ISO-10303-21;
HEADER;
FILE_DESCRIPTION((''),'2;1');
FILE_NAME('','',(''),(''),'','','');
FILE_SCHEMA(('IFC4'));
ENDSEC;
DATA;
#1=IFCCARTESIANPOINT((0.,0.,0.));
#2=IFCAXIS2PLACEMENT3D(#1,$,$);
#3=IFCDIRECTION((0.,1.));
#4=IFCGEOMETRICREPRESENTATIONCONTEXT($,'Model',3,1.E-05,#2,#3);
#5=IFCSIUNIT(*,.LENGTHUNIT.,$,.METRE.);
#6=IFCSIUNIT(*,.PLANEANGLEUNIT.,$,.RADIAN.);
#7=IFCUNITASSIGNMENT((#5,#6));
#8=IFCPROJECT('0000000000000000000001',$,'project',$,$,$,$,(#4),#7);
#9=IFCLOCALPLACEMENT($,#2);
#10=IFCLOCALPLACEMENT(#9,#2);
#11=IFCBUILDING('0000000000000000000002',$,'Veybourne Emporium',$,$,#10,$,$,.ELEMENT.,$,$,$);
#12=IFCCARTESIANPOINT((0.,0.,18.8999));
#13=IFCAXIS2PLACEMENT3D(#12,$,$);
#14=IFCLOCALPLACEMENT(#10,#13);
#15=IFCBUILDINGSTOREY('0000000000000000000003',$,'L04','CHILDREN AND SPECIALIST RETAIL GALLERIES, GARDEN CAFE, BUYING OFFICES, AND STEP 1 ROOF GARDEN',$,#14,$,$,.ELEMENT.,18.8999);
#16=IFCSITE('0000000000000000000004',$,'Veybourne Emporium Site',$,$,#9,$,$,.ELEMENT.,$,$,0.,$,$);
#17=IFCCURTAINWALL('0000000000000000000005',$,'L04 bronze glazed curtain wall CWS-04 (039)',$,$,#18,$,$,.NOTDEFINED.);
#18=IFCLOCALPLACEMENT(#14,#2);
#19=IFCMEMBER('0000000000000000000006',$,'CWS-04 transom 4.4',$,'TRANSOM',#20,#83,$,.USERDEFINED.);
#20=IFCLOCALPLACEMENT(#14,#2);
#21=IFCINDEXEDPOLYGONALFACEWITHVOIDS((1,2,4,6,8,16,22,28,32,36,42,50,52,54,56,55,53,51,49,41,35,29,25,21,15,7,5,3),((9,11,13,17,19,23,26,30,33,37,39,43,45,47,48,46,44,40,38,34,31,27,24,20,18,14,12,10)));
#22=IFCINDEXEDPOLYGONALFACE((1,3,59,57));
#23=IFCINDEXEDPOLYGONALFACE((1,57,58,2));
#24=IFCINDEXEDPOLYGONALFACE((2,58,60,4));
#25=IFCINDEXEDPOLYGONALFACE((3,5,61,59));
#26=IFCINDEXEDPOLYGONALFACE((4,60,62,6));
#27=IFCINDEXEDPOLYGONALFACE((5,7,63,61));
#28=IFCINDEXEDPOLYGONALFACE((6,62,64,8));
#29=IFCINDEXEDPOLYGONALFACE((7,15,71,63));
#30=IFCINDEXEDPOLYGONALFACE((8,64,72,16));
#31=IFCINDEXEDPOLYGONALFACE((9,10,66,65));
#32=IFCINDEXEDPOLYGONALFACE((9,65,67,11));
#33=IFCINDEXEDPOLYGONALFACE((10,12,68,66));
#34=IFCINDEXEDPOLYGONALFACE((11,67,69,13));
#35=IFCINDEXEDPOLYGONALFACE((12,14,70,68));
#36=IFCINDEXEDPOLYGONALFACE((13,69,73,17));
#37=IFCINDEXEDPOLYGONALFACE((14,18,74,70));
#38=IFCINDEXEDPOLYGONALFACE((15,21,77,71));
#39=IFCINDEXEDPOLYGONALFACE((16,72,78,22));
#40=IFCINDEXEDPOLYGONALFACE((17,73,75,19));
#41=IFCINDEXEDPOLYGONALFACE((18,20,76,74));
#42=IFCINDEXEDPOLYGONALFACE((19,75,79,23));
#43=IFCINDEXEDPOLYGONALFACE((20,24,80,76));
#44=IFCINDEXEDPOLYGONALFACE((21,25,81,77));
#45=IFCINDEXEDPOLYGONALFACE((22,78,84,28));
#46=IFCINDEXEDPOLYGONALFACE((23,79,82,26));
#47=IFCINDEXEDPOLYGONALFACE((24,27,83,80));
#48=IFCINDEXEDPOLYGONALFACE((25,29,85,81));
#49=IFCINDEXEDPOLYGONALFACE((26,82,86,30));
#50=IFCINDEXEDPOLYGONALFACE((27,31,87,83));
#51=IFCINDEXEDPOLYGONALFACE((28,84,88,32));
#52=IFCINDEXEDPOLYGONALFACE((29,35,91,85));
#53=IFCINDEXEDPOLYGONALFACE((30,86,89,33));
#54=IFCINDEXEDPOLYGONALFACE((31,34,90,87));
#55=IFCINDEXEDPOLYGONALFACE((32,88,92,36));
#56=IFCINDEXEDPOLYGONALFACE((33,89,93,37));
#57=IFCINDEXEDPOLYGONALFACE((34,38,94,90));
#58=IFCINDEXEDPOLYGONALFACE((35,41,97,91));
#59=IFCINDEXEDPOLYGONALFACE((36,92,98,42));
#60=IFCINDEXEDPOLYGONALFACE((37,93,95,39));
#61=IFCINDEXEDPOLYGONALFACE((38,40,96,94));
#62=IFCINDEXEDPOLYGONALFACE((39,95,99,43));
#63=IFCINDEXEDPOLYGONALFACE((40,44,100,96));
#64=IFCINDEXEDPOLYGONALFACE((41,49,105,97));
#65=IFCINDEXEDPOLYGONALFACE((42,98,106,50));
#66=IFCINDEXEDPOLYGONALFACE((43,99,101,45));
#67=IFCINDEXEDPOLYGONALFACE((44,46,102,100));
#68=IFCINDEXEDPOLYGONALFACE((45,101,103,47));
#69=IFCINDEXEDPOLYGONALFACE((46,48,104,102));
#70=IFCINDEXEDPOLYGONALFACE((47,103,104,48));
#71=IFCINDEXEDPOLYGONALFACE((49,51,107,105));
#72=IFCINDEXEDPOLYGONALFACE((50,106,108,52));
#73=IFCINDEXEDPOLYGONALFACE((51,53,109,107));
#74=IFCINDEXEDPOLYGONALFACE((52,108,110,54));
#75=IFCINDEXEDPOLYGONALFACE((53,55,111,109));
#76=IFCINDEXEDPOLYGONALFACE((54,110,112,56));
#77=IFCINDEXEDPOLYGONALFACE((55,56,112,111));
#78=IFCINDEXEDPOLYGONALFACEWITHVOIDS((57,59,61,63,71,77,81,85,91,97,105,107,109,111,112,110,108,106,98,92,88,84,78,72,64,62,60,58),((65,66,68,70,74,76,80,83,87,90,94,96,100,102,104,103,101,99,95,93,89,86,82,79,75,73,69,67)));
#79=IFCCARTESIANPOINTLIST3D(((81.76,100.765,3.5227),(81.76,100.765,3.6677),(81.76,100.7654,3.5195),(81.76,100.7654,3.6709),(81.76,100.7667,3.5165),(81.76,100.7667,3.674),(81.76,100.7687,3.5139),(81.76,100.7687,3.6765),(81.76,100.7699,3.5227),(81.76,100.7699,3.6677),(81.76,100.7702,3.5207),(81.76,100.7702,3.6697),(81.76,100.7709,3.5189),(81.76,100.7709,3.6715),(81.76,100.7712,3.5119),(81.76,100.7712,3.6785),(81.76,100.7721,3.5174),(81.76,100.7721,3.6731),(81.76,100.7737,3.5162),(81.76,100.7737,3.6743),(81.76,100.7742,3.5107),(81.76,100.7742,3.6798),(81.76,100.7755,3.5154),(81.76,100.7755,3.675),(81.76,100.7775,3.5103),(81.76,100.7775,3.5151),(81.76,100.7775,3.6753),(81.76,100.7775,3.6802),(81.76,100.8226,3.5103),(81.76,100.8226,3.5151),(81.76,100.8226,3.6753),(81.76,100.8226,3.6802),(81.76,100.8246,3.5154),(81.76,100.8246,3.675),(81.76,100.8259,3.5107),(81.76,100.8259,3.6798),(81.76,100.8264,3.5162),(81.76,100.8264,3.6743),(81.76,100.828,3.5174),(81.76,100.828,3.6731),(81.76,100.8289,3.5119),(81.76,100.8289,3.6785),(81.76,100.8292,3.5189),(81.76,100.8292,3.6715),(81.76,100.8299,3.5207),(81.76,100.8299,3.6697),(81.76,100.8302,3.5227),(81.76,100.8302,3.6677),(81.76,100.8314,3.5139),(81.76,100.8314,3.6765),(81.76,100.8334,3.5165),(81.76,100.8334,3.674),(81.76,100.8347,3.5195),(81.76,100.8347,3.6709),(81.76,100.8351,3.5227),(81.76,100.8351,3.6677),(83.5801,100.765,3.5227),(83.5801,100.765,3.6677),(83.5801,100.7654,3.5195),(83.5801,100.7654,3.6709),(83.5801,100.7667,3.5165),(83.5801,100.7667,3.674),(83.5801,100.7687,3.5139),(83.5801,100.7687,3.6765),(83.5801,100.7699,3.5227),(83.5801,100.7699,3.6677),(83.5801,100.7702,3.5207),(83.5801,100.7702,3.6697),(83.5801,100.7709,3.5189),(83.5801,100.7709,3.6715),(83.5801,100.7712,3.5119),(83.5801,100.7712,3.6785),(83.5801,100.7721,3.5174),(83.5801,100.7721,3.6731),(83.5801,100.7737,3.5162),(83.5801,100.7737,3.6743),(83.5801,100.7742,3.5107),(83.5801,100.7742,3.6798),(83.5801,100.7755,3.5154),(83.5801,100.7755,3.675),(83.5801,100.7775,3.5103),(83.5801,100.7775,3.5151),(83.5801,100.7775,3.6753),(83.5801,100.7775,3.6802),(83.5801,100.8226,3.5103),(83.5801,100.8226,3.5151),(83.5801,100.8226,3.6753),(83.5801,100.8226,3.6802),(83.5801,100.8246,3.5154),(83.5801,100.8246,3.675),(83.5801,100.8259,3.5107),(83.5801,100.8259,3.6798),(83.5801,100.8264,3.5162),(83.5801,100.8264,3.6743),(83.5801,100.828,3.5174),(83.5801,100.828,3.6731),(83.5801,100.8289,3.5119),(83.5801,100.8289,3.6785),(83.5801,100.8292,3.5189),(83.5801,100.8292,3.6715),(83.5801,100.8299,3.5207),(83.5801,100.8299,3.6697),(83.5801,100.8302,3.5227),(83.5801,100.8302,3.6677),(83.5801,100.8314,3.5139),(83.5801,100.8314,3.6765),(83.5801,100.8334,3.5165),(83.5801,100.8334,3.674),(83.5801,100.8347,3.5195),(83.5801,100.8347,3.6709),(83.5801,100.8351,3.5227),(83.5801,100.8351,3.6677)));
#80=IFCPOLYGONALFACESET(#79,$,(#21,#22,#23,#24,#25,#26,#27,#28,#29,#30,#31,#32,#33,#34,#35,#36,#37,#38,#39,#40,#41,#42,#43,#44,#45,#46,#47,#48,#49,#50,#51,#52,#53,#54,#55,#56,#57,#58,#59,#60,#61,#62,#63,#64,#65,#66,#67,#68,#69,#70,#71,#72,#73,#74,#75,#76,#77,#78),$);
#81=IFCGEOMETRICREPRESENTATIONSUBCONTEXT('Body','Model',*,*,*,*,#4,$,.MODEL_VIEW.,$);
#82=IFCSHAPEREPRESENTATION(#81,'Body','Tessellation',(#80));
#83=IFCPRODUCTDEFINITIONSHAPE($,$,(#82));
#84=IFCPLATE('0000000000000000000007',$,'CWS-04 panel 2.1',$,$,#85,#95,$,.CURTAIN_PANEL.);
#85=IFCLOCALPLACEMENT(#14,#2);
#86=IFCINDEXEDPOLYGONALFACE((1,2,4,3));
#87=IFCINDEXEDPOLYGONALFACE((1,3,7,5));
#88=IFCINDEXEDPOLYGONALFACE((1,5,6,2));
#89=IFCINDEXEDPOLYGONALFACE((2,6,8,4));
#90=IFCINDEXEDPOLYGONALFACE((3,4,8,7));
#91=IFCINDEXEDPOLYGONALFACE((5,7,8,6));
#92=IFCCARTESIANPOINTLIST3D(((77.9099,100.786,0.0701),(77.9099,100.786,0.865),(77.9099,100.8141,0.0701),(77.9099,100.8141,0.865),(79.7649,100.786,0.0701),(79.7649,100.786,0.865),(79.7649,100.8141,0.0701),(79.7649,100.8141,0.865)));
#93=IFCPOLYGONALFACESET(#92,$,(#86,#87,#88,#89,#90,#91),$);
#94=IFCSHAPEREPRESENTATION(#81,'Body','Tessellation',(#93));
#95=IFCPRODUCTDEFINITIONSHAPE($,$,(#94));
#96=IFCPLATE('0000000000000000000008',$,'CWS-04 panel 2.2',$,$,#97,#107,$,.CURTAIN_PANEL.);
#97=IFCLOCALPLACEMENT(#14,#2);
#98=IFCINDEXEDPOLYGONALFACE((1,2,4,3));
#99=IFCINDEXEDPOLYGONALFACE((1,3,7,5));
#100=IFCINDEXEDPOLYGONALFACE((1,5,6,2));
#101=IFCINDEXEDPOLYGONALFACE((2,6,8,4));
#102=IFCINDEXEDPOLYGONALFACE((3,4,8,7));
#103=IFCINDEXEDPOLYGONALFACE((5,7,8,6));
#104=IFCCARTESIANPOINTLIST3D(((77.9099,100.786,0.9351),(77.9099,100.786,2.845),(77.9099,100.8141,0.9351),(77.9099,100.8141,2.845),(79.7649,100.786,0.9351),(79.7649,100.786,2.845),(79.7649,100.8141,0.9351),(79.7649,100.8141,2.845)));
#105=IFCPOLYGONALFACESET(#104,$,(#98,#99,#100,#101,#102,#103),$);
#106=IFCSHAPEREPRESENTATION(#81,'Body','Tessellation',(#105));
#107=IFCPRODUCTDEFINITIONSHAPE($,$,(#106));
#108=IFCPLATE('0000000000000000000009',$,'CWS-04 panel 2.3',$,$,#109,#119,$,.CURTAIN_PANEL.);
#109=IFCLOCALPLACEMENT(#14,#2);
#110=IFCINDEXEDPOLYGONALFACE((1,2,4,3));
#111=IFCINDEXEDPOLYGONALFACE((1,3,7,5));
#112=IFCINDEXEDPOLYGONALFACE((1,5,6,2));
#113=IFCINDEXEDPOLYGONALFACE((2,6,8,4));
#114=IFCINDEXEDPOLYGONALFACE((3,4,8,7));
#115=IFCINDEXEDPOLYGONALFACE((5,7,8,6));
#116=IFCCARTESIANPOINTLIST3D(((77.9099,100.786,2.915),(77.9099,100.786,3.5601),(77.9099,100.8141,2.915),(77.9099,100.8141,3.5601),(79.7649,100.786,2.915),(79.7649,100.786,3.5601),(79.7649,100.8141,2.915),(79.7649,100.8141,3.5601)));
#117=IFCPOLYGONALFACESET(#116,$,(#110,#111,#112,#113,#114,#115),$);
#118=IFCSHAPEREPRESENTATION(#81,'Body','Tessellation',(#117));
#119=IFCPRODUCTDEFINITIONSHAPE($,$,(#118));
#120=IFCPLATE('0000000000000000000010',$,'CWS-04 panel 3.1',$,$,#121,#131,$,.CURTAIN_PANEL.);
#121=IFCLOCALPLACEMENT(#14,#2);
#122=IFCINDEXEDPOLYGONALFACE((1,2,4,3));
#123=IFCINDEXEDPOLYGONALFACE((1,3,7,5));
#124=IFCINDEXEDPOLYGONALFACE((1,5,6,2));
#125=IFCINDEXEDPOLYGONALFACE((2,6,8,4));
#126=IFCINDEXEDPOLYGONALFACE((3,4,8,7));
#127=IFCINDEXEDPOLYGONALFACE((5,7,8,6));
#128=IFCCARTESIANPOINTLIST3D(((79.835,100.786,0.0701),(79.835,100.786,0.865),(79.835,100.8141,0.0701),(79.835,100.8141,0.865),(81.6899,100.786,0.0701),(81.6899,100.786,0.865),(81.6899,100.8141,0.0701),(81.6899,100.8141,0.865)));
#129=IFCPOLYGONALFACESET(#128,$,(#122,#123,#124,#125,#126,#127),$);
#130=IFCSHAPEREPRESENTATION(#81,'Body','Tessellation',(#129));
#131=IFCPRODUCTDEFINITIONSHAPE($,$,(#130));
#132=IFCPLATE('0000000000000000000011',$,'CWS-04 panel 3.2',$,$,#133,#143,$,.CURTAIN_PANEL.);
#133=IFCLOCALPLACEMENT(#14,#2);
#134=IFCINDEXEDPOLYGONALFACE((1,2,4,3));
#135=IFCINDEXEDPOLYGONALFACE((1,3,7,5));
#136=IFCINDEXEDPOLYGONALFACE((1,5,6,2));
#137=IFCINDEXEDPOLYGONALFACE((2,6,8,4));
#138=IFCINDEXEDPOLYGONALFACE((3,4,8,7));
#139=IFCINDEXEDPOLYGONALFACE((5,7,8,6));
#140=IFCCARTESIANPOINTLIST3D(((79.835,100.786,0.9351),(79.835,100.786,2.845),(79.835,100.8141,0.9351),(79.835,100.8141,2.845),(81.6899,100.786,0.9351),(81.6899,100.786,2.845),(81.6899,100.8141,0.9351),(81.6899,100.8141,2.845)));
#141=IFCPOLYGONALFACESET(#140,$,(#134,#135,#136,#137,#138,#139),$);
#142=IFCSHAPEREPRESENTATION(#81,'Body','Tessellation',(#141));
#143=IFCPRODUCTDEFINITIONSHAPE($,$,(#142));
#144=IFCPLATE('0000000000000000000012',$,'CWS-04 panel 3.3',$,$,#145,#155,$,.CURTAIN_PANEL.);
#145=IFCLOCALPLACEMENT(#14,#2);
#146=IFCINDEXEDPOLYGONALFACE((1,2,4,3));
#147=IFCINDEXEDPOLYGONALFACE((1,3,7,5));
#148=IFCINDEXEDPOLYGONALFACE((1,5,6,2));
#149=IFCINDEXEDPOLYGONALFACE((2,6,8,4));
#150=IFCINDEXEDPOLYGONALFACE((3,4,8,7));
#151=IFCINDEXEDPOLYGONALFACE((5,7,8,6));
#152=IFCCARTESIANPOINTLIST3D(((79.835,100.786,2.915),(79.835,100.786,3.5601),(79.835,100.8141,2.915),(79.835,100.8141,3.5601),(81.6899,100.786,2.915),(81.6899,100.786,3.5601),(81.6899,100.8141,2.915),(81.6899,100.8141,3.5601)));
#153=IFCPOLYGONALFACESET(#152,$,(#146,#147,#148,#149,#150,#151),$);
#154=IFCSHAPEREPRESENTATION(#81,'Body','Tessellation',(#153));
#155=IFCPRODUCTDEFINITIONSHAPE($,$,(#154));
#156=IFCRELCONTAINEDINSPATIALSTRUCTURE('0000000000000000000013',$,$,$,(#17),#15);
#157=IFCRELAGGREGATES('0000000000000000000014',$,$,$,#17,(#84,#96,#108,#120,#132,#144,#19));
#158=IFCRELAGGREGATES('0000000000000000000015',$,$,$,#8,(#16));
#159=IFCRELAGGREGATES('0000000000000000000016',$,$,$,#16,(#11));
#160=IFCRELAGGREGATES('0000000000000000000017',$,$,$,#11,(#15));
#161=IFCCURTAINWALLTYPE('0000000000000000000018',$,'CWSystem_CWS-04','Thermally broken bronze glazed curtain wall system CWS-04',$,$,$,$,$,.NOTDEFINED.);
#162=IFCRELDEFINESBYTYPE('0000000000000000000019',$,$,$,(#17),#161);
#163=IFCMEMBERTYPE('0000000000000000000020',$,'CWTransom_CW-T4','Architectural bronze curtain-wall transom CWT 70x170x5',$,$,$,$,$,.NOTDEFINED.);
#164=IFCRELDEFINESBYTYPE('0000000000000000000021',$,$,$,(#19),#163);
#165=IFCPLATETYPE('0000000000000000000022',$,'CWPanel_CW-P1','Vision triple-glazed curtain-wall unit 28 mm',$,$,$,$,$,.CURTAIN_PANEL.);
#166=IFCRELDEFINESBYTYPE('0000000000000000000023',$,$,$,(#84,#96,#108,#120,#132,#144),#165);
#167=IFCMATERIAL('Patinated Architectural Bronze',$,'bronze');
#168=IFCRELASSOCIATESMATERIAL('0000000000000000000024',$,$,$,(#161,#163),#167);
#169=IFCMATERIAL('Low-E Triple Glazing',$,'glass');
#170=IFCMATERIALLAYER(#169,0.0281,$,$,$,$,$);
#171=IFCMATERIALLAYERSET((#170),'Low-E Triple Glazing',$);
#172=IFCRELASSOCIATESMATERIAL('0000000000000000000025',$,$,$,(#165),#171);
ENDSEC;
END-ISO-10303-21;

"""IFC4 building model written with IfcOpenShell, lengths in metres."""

from ifc_helpers import new_model, si_unit, direction, frame, origin, origin_2d, place, context, subcontext, project, spatial, rectangle, hollow_rectangle, extrude, material, layer, layer_set, material_profile, profile_set, type_object, element, aggregate, save


model = new_model("IFC4")

# Units and contexts
model_context = context("Model", 3, precision=1e-05, world=origin(), true_north=direction((0.0, 1.0)))
body_context = subcontext(model_context, "Body", "Model", "MODEL_VIEW")
ifc_project = project(units=[si_unit("LENGTHUNIT", "METRE"), si_unit("PLANEANGLEUNIT", "RADIAN")], contexts=[model_context])

# Site, building, storey
site_placement = place(None, origin())
site = spatial("IfcSite", under=ifc_project, at=site_placement, Name="Veybourne Emporium Site", CompositionType="ELEMENT", RefElevation=0.0)
building_placement = place(site_placement, origin())
building = spatial("IfcBuilding", under=site, at=building_placement, Name="Veybourne Emporium", CompositionType="ELEMENT")
storey_placement = place(building_placement, frame((0.0, 0.0, 18.8999)))
storey = spatial("IfcBuildingStorey", under=building, at=storey_placement, Name="L04", Description="CHILDREN AND SPECIALIST RETAIL GALLERIES, GARDEN CAFE, BUYING OFFICES, AND STEP 1 ROOF GARDEN", CompositionType="ELEMENT", Elevation=18.8999)

# Curtain wall, member, plates
ifc_material_1 = material(Name="Patinated Architectural Bronze", Category="bronze")
curtain_wall_type = type_object("IfcCurtainWallType", Name="CWSystem_CWS-04", Description="Thermally broken bronze glazed curtain wall system CWS-04", PredefinedType="NOTDEFINED", material=ifc_material_1)
curtain_wall_placement = place(storey_placement, origin())
curtain_wall = element("IfcCurtainWall", 1, at=curtain_wall_placement, inside=storey, type_object=curtain_wall_type, Name="L04 bronze glazed curtain wall CWS-04 (039)", PredefinedType="NOTDEFINED")
ifc_material_profile_1 = material_profile(ifc_material_1, hollow_rectangle(XDim=0.0701, YDim=0.1699, WallThickness=0.0049, InnerFilletRadius=0.0076, OuterFilletRadius=0.0125, at=origin_2d()), Name="CWT 70x170x5")
ifc_profile_set_1 = profile_set([ifc_material_profile_1], Name="Patinated Architectural Bronze")
member_type_1 = type_object("IfcMemberType", Name="CWTransom_CW-T4", Description="Architectural bronze curtain-wall transom CWT 70x170x5", PredefinedType="NOTDEFINED", material=ifc_profile_set_1)
member_1_placement = place(storey_placement, frame((81.76, 100.8, 3.5952), z_axis=(1.0, 0.0, 0.0), x_axis=(0.0, 1.0, 0.0)))
member_1 = element("IfcMember", 2, at=member_1_placement, type_object=member_type_1, Name="CWS-04 transom 4.4", ObjectType="TRANSOM", PredefinedType="USERDEFINED", context=body_context, shape_type="SweptSolid", body=[
    extrude(hollow_rectangle(XDim=0.0701, YDim=0.1699, WallThickness=0.0049, InnerFilletRadius=0.0076, OuterFilletRadius=0.0125, at=origin_2d()), origin(), (0.0, 0.0, 1.0), 1.8201),
])
ifc_material_2 = material(Name="Low-E Triple Glazing", Category="glass")
ifc_layer_1 = layer(ifc_material_2, 0.0281)
ifc_layer_set_1 = layer_set([ifc_layer_1], Name="Low-E Triple Glazing")
plate_type = type_object("IfcPlateType", Name="CWPanel_CW-P1", Description="Vision triple-glazed curtain-wall unit 28 mm", PredefinedType="CURTAIN_PANEL", material=ifc_layer_set_1)
plate_1_placement = place(storey_placement, frame((78.8374, 100.8, 0.0701), z_axis=(0.0, 0.0, 1.0), x_axis=(1.0, 0.0, 0.0)))
plate_1 = element("IfcPlate", 3, at=plate_1_placement, type_object=plate_type, Name="CWS-04 panel 2.1", PredefinedType="CURTAIN_PANEL", context=body_context, shape_type="SweptSolid", body=[
    extrude(rectangle(XDim=1.855, YDim=0.0281, at=origin_2d()), origin(), (0.0, 0.0, 1.0), 0.7949),
])
plate_2_placement = place(storey_placement, frame((78.8374, 100.8, 0.9351), z_axis=(0.0, 0.0, 1.0), x_axis=(1.0, 0.0, 0.0)))
plate_2 = element("IfcPlate", 4, at=plate_2_placement, type_object=plate_type, Name="CWS-04 panel 2.2", PredefinedType="CURTAIN_PANEL", context=body_context, shape_type="SweptSolid", body=[
    extrude(rectangle(XDim=1.855, YDim=0.0281, at=origin_2d()), origin(), (0.0, 0.0, 1.0), 1.9099),
])
plate_3_placement = place(storey_placement, frame((78.8374, 100.8, 2.915), z_axis=(0.0, 0.0, 1.0), x_axis=(1.0, 0.0, 0.0)))
plate_3 = element("IfcPlate", 5, at=plate_3_placement, type_object=plate_type, Name="CWS-04 panel 2.3", PredefinedType="CURTAIN_PANEL", context=body_context, shape_type="SweptSolid", body=[
    extrude(rectangle(XDim=1.855, YDim=0.0281, at=origin_2d()), origin(), (0.0, 0.0, 1.0), 0.645),
])
plate_4_placement = place(storey_placement, frame((80.7625, 100.8, 0.0701), z_axis=(0.0, 0.0, 1.0), x_axis=(1.0, 0.0, 0.0)))
plate_4 = element("IfcPlate", 6, at=plate_4_placement, type_object=plate_type, Name="CWS-04 panel 3.1", PredefinedType="CURTAIN_PANEL", context=body_context, shape_type="SweptSolid", body=[
    extrude(rectangle(XDim=1.855, YDim=0.0281, at=origin_2d()), origin(), (0.0, 0.0, 1.0), 0.7949),
])
plate_5_placement = place(storey_placement, frame((80.7625, 100.8, 0.9351), z_axis=(0.0, 0.0, 1.0), x_axis=(1.0, 0.0, 0.0)))
plate_5 = element("IfcPlate", 7, at=plate_5_placement, type_object=plate_type, Name="CWS-04 panel 3.2", PredefinedType="CURTAIN_PANEL", context=body_context, shape_type="SweptSolid", body=[
    extrude(rectangle(XDim=1.855, YDim=0.0281, at=origin_2d()), origin(), (0.0, 0.0, 1.0), 1.9099),
])
plate_6_placement = place(storey_placement, frame((80.7625, 100.8, 2.915), z_axis=(0.0, 0.0, 1.0), x_axis=(1.0, 0.0, 0.0)))
plate_6 = element("IfcPlate", 8, at=plate_6_placement, type_object=plate_type, Name="CWS-04 panel 3.3", PredefinedType="CURTAIN_PANEL", context=body_context, shape_type="SweptSolid", body=[
    extrude(rectangle(XDim=1.855, YDim=0.0281, at=origin_2d()), origin(), (0.0, 0.0, 1.0), 0.645),
])
aggregate(curtain_wall, [plate_1, plate_2, plate_3, plate_4, plate_5, plate_6, member_1])

save(model, "model.ifc")
